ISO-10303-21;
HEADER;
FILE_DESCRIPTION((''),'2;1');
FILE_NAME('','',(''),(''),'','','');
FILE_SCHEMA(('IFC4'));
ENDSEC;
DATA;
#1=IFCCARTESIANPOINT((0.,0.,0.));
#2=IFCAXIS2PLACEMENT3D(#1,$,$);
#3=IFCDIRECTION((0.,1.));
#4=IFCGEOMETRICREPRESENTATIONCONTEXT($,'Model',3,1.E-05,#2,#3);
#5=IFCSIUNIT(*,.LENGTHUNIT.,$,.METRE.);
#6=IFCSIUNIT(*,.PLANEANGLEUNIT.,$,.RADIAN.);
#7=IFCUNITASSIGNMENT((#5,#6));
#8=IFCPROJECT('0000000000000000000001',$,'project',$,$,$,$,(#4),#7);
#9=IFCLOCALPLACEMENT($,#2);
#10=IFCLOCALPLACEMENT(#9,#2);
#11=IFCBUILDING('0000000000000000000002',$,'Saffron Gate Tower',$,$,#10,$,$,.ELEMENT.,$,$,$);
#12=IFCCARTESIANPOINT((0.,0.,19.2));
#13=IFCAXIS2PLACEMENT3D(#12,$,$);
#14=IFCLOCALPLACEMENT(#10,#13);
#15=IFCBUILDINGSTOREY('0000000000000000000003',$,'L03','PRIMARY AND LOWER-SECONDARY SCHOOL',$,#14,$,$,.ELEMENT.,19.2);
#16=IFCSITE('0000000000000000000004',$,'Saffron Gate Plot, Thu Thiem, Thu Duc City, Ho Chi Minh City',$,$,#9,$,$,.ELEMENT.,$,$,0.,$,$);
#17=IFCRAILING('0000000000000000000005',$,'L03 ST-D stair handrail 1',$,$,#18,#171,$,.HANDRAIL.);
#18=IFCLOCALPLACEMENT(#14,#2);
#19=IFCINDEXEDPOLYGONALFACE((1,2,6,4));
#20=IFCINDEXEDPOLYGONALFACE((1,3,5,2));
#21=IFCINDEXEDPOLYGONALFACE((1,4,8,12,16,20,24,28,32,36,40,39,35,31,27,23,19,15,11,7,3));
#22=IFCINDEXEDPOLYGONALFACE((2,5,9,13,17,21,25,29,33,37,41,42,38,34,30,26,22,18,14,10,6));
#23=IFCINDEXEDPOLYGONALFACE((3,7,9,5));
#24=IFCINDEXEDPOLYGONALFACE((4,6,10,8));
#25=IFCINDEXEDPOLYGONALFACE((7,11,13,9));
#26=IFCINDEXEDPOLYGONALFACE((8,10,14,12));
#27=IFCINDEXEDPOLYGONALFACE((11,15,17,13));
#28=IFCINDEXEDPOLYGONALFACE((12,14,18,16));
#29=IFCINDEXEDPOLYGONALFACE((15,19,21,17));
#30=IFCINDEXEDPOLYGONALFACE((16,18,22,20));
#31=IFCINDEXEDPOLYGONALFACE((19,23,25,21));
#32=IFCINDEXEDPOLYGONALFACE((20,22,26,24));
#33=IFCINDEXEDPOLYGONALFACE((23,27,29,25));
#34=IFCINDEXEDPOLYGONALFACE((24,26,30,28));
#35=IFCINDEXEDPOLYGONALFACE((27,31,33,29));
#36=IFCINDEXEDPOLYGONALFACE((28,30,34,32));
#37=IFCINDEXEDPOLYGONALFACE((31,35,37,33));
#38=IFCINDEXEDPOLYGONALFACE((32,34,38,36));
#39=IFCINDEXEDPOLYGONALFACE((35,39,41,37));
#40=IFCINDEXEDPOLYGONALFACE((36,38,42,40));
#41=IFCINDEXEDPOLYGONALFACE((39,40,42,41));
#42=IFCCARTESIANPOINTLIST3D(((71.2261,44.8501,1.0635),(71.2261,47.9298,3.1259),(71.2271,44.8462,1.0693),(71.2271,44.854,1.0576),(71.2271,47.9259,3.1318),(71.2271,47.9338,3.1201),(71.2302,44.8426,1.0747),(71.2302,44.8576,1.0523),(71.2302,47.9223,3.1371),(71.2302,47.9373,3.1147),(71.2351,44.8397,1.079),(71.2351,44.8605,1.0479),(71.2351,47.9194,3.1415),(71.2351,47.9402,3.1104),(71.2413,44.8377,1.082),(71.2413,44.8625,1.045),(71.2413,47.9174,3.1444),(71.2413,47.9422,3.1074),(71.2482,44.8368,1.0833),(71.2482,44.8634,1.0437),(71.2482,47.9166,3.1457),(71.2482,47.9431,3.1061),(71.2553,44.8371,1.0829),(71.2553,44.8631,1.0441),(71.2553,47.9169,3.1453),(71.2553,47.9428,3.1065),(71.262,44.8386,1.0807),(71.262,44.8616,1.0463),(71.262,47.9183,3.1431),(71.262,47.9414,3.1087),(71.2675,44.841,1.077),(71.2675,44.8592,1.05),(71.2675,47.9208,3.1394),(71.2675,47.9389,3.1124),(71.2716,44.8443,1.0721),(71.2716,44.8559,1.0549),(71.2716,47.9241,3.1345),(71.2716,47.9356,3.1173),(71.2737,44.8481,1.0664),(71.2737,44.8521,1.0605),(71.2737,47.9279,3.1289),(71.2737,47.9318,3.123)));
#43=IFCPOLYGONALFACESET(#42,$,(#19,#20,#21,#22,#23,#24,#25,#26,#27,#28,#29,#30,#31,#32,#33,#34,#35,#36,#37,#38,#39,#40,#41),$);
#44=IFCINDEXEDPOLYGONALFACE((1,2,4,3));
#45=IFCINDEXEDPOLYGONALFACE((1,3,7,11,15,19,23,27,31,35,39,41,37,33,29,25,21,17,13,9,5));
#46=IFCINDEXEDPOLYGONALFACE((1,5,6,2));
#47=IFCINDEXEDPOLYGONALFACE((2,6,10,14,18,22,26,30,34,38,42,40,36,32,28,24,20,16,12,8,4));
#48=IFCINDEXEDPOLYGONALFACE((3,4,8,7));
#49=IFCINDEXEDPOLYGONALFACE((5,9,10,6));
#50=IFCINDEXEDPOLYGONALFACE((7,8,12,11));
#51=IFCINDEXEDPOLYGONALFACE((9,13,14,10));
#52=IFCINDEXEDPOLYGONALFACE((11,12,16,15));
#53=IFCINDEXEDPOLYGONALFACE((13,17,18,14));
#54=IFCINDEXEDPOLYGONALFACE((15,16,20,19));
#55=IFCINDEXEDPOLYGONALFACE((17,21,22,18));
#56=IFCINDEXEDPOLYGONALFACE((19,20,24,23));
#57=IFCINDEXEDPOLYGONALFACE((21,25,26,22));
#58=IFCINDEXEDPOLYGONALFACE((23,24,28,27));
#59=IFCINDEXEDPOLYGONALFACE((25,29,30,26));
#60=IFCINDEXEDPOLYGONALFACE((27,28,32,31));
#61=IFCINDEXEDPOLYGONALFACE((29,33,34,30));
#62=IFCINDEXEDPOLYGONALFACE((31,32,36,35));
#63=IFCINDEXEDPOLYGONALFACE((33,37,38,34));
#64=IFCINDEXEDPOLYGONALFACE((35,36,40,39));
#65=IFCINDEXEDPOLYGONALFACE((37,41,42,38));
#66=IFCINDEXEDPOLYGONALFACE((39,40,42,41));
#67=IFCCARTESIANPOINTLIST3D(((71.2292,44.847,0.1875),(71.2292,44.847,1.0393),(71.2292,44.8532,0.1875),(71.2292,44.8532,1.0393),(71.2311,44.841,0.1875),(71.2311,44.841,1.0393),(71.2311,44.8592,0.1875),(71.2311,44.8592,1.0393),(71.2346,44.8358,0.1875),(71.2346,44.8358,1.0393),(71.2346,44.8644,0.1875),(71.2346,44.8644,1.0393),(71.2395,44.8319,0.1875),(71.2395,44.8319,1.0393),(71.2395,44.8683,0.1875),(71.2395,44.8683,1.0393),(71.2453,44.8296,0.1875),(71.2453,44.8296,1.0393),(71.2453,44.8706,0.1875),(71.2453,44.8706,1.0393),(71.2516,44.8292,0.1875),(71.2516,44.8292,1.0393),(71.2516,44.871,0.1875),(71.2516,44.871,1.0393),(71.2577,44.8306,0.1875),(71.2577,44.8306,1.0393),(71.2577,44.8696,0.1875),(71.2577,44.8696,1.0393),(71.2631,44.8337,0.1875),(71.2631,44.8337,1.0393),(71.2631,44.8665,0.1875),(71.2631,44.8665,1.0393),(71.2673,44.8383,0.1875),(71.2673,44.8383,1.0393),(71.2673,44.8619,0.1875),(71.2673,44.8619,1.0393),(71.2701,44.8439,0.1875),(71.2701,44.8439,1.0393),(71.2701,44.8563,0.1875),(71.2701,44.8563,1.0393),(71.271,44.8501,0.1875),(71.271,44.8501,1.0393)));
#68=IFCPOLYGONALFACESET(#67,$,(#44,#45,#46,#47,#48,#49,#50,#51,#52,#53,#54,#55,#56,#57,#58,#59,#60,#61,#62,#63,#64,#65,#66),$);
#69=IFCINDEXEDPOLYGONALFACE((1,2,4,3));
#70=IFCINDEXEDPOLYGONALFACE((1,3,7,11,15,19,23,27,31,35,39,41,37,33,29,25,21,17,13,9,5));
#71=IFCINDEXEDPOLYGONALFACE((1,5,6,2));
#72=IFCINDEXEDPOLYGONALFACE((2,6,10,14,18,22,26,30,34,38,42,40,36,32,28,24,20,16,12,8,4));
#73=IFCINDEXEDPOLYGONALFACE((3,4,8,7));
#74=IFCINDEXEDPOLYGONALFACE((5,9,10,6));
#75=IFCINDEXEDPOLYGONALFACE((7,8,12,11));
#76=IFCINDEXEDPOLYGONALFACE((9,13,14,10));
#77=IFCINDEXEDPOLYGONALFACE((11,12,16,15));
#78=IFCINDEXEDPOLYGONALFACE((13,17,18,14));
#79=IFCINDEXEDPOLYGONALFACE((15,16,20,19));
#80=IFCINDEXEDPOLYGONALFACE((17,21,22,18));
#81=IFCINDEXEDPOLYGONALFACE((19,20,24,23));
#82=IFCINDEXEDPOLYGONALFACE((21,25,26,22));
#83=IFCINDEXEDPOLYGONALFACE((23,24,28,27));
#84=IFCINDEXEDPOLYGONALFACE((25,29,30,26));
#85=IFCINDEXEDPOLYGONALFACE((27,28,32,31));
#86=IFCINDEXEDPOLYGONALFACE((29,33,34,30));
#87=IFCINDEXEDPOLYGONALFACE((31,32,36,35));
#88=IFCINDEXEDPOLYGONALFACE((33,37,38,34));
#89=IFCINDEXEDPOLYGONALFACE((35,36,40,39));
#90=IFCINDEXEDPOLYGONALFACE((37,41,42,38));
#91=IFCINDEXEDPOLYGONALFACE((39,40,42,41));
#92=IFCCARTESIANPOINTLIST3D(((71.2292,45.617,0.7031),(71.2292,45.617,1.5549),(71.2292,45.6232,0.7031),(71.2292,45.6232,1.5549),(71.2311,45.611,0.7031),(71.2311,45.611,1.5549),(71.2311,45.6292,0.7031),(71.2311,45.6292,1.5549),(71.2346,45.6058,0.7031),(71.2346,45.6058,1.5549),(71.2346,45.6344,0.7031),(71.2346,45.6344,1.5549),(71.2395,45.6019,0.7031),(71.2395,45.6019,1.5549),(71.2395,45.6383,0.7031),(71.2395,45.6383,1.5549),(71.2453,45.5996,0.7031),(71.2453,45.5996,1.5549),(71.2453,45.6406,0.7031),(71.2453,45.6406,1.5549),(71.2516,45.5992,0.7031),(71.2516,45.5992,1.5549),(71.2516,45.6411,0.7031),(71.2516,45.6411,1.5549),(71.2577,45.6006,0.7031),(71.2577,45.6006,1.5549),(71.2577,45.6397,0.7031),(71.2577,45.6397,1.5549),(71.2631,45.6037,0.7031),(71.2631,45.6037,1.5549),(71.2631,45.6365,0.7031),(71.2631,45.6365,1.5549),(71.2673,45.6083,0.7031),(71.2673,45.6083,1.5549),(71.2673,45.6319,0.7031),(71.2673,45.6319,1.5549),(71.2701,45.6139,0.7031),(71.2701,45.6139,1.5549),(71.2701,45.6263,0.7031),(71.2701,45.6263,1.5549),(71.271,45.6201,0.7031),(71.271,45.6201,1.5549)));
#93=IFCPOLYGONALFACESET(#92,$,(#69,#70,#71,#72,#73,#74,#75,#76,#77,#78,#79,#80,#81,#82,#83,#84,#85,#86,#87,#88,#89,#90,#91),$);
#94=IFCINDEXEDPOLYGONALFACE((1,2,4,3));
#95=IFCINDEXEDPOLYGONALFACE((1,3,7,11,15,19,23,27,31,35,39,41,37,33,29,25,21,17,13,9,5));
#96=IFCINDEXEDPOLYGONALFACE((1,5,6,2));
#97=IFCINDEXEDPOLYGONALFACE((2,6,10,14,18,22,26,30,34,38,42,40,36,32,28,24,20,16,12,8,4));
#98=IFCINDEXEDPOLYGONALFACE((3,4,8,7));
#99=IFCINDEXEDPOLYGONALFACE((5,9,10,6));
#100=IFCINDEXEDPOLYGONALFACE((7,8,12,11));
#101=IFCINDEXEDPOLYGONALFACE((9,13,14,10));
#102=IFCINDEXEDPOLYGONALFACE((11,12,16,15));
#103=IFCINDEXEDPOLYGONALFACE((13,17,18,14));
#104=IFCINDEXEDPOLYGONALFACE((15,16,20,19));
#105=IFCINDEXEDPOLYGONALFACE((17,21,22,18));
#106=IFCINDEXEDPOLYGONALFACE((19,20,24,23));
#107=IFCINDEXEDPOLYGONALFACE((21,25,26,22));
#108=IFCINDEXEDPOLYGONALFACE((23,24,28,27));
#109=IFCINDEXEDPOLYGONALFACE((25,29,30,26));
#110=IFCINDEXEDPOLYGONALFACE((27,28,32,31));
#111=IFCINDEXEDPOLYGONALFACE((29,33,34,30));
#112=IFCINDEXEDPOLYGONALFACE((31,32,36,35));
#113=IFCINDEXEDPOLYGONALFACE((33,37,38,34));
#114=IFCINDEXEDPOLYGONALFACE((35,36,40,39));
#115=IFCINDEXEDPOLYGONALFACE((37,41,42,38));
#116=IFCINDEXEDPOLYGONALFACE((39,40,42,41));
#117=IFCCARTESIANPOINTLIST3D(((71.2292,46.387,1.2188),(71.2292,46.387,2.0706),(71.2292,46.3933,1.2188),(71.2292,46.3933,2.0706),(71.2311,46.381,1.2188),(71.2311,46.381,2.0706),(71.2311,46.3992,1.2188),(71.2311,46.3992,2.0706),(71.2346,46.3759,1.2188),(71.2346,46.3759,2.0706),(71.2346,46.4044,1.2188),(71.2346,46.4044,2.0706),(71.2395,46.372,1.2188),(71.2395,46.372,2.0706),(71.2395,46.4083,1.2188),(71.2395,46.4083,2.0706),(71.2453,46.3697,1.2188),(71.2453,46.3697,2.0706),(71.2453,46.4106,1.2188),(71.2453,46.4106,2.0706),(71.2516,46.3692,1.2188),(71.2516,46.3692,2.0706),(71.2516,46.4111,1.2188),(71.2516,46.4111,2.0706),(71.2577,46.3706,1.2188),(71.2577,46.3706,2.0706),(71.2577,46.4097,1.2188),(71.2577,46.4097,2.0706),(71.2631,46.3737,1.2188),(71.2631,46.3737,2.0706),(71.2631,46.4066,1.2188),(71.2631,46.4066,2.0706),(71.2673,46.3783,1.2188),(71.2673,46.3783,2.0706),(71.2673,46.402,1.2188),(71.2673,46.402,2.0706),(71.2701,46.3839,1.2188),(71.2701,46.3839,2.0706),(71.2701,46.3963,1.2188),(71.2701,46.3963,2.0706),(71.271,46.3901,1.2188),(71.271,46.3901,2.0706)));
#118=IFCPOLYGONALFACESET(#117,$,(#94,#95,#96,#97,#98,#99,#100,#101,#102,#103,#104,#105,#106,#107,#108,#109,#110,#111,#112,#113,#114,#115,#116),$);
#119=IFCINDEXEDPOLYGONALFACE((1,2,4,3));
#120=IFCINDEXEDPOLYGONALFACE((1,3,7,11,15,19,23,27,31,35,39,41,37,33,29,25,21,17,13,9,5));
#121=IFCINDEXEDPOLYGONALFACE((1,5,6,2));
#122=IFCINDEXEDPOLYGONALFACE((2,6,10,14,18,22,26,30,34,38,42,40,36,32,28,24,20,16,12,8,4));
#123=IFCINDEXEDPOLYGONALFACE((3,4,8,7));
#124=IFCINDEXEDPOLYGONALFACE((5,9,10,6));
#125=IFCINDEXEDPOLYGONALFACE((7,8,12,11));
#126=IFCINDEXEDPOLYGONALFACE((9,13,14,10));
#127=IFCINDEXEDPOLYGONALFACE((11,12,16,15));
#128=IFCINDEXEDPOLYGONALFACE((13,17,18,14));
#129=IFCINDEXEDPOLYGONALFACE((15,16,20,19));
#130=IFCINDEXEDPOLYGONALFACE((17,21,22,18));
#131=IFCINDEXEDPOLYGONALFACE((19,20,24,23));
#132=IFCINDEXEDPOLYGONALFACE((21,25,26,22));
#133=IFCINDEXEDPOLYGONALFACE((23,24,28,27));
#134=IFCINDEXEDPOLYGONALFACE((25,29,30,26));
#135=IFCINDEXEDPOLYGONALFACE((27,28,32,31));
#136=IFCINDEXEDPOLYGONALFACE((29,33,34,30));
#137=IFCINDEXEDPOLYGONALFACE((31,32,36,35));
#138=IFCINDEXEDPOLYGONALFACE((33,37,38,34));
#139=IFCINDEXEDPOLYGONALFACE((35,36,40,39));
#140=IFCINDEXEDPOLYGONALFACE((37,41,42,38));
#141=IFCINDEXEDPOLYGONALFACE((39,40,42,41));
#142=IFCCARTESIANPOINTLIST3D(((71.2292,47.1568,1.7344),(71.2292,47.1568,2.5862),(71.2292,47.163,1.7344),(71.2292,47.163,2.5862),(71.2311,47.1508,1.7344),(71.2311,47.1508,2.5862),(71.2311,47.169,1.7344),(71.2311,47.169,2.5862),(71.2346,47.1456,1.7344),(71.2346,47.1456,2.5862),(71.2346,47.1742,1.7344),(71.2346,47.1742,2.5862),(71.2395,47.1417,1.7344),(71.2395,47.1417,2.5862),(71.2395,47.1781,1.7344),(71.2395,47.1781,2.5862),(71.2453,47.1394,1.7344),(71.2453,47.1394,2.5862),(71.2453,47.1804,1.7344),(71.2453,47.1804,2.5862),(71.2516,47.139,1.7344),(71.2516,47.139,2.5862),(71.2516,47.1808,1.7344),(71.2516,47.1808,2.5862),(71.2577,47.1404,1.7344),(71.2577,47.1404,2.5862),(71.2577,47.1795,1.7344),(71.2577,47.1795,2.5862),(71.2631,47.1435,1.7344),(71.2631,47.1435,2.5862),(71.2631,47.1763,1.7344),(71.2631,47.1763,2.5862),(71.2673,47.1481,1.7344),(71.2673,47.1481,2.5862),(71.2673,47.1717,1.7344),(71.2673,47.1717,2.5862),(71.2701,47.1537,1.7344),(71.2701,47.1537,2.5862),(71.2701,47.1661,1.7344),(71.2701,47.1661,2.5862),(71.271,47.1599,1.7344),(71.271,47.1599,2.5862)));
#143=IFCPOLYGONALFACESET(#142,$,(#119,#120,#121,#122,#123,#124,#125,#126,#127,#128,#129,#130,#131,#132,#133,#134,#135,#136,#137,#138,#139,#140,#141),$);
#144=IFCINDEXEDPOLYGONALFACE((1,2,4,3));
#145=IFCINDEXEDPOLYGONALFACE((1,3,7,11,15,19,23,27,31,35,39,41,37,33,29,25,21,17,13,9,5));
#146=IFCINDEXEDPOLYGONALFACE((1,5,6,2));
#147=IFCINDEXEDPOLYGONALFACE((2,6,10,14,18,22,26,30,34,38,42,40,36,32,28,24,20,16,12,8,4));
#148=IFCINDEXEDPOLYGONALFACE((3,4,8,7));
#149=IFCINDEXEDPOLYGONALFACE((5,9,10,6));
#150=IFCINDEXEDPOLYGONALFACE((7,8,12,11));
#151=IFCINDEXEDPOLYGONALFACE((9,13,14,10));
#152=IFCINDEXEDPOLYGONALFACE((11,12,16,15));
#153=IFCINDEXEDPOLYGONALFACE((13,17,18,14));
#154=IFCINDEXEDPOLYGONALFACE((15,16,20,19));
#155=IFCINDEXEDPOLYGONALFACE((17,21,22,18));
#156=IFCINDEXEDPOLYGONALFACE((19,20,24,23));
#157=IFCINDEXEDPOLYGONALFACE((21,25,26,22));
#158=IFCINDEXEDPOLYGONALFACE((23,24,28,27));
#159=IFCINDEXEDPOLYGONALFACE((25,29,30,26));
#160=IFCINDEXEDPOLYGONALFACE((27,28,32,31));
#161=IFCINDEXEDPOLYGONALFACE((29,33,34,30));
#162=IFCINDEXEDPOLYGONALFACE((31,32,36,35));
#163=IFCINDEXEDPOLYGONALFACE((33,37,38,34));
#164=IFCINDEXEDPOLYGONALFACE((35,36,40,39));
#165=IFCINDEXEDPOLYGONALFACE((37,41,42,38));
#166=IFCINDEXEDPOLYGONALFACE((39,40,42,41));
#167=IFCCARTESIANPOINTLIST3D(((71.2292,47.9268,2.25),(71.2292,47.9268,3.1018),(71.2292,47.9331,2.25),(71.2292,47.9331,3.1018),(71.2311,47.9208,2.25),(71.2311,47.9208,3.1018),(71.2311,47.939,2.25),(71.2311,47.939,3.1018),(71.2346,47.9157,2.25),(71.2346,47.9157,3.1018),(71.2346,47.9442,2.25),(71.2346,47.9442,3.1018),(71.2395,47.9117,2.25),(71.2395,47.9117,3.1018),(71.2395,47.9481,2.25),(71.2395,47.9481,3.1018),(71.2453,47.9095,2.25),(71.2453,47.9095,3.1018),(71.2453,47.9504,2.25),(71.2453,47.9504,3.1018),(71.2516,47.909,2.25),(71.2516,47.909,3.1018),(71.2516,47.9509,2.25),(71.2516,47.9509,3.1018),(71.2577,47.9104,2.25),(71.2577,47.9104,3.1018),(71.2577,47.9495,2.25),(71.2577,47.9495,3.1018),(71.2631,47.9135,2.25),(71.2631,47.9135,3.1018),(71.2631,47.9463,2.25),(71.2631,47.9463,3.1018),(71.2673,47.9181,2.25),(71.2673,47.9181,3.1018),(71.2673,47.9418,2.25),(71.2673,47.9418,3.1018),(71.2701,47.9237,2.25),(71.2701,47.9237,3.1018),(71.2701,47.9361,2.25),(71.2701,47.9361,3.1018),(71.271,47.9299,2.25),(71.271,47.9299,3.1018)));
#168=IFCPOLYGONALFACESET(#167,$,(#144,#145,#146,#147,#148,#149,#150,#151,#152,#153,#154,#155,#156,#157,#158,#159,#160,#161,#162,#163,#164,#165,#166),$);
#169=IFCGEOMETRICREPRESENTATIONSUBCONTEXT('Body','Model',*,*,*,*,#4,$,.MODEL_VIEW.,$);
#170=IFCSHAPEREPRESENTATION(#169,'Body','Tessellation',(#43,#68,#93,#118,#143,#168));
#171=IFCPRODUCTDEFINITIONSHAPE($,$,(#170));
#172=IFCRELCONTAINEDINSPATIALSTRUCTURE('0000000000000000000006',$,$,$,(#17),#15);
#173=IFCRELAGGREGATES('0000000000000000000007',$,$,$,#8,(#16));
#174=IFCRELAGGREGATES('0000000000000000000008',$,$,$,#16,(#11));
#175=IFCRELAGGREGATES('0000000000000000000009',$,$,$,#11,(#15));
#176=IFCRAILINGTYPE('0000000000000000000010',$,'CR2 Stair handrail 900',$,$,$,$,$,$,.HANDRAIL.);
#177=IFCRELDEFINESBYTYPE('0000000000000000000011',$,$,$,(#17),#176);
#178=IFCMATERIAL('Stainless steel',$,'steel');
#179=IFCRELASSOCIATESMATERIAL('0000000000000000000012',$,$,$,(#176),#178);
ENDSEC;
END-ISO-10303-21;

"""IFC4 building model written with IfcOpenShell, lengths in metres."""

from ifc_helpers import new_model, si_unit, direction, frame, origin, origin_2d, place, context, subcontext, project, spatial, circle, extrude, material, type_object, element, save


model = new_model("IFC4")

# Units and contexts
model_context = context("Model", 3, precision=1e-05, world=origin(), true_north=direction((0.0, 1.0)))
body_context = subcontext(model_context, "Body", "Model", "MODEL_VIEW")
ifc_project = project(units=[si_unit("LENGTHUNIT", "METRE"), si_unit("PLANEANGLEUNIT", "RADIAN")], contexts=[model_context])

# Site, building, storey
site_placement = place(None, origin())
site = spatial("IfcSite", under=ifc_project, at=site_placement, Name="Saffron Gate Plot, Thu Thiem, Thu Duc City, Ho Chi Minh City", CompositionType="ELEMENT", RefElevation=0.0)
building_placement = place(site_placement, origin())
building = spatial("IfcBuilding", under=site, at=building_placement, Name="Saffron Gate Tower", CompositionType="ELEMENT")
storey_placement = place(building_placement, frame((0.0, 0.0, 19.2)))
storey = spatial("IfcBuildingStorey", under=building, at=storey_placement, Name="L03", Description="PRIMARY AND LOWER-SECONDARY SCHOOL", CompositionType="ELEMENT", Elevation=19.2)

# Railing
ifc_material_1 = material(Name="Stainless steel", Category="steel")
railing_type_1 = type_object("IfcRailingType", Name="CR2 Stair handrail 900", PredefinedType="HANDRAIL", material=ifc_material_1)
railing_1_placement = place(storey_placement, frame((71.25, 44.8501, 0.1875)))
element("IfcRailing", 1, at=railing_1_placement, inside=storey, type_object=railing_type_1, Name="L03 ST-D stair handrail 1", PredefinedType="HANDRAIL", context=body_context, shape_type="SweptSolid", body=[
    extrude(circle(Radius=0.0239, at=origin_2d()), frame((0.0, 0.0, 0.876), z_axis=(0.0, 0.830893, 0.556432), x_axis=(-1.0, 0.0, 0.0)), (0.0, 0.0, 1.0), 3.7065),
    extrude(circle(Radius=0.021, at=origin_2d()), origin(), (0.0, 0.0, 1.0), 0.8518),
    extrude(circle(Radius=0.021, at=origin_2d()), frame((0.0, 0.77, 0.5156)), (0.0, 0.0, 1.0), 0.8518),
    extrude(circle(Radius=0.021, at=origin_2d()), frame((0.0, 1.54, 1.0312)), (0.0, 0.0, 1.0), 0.8518),
    extrude(circle(Radius=0.021, at=origin_2d()), frame((0.0, 2.3098, 1.5469)), (0.0, 0.0, 1.0), 0.8518),
    extrude(circle(Radius=0.021, at=origin_2d()), frame((0.0, 3.0798, 2.0625)), (0.0, 0.0, 1.0), 0.8518),
])

save(model, "model.ifc")
